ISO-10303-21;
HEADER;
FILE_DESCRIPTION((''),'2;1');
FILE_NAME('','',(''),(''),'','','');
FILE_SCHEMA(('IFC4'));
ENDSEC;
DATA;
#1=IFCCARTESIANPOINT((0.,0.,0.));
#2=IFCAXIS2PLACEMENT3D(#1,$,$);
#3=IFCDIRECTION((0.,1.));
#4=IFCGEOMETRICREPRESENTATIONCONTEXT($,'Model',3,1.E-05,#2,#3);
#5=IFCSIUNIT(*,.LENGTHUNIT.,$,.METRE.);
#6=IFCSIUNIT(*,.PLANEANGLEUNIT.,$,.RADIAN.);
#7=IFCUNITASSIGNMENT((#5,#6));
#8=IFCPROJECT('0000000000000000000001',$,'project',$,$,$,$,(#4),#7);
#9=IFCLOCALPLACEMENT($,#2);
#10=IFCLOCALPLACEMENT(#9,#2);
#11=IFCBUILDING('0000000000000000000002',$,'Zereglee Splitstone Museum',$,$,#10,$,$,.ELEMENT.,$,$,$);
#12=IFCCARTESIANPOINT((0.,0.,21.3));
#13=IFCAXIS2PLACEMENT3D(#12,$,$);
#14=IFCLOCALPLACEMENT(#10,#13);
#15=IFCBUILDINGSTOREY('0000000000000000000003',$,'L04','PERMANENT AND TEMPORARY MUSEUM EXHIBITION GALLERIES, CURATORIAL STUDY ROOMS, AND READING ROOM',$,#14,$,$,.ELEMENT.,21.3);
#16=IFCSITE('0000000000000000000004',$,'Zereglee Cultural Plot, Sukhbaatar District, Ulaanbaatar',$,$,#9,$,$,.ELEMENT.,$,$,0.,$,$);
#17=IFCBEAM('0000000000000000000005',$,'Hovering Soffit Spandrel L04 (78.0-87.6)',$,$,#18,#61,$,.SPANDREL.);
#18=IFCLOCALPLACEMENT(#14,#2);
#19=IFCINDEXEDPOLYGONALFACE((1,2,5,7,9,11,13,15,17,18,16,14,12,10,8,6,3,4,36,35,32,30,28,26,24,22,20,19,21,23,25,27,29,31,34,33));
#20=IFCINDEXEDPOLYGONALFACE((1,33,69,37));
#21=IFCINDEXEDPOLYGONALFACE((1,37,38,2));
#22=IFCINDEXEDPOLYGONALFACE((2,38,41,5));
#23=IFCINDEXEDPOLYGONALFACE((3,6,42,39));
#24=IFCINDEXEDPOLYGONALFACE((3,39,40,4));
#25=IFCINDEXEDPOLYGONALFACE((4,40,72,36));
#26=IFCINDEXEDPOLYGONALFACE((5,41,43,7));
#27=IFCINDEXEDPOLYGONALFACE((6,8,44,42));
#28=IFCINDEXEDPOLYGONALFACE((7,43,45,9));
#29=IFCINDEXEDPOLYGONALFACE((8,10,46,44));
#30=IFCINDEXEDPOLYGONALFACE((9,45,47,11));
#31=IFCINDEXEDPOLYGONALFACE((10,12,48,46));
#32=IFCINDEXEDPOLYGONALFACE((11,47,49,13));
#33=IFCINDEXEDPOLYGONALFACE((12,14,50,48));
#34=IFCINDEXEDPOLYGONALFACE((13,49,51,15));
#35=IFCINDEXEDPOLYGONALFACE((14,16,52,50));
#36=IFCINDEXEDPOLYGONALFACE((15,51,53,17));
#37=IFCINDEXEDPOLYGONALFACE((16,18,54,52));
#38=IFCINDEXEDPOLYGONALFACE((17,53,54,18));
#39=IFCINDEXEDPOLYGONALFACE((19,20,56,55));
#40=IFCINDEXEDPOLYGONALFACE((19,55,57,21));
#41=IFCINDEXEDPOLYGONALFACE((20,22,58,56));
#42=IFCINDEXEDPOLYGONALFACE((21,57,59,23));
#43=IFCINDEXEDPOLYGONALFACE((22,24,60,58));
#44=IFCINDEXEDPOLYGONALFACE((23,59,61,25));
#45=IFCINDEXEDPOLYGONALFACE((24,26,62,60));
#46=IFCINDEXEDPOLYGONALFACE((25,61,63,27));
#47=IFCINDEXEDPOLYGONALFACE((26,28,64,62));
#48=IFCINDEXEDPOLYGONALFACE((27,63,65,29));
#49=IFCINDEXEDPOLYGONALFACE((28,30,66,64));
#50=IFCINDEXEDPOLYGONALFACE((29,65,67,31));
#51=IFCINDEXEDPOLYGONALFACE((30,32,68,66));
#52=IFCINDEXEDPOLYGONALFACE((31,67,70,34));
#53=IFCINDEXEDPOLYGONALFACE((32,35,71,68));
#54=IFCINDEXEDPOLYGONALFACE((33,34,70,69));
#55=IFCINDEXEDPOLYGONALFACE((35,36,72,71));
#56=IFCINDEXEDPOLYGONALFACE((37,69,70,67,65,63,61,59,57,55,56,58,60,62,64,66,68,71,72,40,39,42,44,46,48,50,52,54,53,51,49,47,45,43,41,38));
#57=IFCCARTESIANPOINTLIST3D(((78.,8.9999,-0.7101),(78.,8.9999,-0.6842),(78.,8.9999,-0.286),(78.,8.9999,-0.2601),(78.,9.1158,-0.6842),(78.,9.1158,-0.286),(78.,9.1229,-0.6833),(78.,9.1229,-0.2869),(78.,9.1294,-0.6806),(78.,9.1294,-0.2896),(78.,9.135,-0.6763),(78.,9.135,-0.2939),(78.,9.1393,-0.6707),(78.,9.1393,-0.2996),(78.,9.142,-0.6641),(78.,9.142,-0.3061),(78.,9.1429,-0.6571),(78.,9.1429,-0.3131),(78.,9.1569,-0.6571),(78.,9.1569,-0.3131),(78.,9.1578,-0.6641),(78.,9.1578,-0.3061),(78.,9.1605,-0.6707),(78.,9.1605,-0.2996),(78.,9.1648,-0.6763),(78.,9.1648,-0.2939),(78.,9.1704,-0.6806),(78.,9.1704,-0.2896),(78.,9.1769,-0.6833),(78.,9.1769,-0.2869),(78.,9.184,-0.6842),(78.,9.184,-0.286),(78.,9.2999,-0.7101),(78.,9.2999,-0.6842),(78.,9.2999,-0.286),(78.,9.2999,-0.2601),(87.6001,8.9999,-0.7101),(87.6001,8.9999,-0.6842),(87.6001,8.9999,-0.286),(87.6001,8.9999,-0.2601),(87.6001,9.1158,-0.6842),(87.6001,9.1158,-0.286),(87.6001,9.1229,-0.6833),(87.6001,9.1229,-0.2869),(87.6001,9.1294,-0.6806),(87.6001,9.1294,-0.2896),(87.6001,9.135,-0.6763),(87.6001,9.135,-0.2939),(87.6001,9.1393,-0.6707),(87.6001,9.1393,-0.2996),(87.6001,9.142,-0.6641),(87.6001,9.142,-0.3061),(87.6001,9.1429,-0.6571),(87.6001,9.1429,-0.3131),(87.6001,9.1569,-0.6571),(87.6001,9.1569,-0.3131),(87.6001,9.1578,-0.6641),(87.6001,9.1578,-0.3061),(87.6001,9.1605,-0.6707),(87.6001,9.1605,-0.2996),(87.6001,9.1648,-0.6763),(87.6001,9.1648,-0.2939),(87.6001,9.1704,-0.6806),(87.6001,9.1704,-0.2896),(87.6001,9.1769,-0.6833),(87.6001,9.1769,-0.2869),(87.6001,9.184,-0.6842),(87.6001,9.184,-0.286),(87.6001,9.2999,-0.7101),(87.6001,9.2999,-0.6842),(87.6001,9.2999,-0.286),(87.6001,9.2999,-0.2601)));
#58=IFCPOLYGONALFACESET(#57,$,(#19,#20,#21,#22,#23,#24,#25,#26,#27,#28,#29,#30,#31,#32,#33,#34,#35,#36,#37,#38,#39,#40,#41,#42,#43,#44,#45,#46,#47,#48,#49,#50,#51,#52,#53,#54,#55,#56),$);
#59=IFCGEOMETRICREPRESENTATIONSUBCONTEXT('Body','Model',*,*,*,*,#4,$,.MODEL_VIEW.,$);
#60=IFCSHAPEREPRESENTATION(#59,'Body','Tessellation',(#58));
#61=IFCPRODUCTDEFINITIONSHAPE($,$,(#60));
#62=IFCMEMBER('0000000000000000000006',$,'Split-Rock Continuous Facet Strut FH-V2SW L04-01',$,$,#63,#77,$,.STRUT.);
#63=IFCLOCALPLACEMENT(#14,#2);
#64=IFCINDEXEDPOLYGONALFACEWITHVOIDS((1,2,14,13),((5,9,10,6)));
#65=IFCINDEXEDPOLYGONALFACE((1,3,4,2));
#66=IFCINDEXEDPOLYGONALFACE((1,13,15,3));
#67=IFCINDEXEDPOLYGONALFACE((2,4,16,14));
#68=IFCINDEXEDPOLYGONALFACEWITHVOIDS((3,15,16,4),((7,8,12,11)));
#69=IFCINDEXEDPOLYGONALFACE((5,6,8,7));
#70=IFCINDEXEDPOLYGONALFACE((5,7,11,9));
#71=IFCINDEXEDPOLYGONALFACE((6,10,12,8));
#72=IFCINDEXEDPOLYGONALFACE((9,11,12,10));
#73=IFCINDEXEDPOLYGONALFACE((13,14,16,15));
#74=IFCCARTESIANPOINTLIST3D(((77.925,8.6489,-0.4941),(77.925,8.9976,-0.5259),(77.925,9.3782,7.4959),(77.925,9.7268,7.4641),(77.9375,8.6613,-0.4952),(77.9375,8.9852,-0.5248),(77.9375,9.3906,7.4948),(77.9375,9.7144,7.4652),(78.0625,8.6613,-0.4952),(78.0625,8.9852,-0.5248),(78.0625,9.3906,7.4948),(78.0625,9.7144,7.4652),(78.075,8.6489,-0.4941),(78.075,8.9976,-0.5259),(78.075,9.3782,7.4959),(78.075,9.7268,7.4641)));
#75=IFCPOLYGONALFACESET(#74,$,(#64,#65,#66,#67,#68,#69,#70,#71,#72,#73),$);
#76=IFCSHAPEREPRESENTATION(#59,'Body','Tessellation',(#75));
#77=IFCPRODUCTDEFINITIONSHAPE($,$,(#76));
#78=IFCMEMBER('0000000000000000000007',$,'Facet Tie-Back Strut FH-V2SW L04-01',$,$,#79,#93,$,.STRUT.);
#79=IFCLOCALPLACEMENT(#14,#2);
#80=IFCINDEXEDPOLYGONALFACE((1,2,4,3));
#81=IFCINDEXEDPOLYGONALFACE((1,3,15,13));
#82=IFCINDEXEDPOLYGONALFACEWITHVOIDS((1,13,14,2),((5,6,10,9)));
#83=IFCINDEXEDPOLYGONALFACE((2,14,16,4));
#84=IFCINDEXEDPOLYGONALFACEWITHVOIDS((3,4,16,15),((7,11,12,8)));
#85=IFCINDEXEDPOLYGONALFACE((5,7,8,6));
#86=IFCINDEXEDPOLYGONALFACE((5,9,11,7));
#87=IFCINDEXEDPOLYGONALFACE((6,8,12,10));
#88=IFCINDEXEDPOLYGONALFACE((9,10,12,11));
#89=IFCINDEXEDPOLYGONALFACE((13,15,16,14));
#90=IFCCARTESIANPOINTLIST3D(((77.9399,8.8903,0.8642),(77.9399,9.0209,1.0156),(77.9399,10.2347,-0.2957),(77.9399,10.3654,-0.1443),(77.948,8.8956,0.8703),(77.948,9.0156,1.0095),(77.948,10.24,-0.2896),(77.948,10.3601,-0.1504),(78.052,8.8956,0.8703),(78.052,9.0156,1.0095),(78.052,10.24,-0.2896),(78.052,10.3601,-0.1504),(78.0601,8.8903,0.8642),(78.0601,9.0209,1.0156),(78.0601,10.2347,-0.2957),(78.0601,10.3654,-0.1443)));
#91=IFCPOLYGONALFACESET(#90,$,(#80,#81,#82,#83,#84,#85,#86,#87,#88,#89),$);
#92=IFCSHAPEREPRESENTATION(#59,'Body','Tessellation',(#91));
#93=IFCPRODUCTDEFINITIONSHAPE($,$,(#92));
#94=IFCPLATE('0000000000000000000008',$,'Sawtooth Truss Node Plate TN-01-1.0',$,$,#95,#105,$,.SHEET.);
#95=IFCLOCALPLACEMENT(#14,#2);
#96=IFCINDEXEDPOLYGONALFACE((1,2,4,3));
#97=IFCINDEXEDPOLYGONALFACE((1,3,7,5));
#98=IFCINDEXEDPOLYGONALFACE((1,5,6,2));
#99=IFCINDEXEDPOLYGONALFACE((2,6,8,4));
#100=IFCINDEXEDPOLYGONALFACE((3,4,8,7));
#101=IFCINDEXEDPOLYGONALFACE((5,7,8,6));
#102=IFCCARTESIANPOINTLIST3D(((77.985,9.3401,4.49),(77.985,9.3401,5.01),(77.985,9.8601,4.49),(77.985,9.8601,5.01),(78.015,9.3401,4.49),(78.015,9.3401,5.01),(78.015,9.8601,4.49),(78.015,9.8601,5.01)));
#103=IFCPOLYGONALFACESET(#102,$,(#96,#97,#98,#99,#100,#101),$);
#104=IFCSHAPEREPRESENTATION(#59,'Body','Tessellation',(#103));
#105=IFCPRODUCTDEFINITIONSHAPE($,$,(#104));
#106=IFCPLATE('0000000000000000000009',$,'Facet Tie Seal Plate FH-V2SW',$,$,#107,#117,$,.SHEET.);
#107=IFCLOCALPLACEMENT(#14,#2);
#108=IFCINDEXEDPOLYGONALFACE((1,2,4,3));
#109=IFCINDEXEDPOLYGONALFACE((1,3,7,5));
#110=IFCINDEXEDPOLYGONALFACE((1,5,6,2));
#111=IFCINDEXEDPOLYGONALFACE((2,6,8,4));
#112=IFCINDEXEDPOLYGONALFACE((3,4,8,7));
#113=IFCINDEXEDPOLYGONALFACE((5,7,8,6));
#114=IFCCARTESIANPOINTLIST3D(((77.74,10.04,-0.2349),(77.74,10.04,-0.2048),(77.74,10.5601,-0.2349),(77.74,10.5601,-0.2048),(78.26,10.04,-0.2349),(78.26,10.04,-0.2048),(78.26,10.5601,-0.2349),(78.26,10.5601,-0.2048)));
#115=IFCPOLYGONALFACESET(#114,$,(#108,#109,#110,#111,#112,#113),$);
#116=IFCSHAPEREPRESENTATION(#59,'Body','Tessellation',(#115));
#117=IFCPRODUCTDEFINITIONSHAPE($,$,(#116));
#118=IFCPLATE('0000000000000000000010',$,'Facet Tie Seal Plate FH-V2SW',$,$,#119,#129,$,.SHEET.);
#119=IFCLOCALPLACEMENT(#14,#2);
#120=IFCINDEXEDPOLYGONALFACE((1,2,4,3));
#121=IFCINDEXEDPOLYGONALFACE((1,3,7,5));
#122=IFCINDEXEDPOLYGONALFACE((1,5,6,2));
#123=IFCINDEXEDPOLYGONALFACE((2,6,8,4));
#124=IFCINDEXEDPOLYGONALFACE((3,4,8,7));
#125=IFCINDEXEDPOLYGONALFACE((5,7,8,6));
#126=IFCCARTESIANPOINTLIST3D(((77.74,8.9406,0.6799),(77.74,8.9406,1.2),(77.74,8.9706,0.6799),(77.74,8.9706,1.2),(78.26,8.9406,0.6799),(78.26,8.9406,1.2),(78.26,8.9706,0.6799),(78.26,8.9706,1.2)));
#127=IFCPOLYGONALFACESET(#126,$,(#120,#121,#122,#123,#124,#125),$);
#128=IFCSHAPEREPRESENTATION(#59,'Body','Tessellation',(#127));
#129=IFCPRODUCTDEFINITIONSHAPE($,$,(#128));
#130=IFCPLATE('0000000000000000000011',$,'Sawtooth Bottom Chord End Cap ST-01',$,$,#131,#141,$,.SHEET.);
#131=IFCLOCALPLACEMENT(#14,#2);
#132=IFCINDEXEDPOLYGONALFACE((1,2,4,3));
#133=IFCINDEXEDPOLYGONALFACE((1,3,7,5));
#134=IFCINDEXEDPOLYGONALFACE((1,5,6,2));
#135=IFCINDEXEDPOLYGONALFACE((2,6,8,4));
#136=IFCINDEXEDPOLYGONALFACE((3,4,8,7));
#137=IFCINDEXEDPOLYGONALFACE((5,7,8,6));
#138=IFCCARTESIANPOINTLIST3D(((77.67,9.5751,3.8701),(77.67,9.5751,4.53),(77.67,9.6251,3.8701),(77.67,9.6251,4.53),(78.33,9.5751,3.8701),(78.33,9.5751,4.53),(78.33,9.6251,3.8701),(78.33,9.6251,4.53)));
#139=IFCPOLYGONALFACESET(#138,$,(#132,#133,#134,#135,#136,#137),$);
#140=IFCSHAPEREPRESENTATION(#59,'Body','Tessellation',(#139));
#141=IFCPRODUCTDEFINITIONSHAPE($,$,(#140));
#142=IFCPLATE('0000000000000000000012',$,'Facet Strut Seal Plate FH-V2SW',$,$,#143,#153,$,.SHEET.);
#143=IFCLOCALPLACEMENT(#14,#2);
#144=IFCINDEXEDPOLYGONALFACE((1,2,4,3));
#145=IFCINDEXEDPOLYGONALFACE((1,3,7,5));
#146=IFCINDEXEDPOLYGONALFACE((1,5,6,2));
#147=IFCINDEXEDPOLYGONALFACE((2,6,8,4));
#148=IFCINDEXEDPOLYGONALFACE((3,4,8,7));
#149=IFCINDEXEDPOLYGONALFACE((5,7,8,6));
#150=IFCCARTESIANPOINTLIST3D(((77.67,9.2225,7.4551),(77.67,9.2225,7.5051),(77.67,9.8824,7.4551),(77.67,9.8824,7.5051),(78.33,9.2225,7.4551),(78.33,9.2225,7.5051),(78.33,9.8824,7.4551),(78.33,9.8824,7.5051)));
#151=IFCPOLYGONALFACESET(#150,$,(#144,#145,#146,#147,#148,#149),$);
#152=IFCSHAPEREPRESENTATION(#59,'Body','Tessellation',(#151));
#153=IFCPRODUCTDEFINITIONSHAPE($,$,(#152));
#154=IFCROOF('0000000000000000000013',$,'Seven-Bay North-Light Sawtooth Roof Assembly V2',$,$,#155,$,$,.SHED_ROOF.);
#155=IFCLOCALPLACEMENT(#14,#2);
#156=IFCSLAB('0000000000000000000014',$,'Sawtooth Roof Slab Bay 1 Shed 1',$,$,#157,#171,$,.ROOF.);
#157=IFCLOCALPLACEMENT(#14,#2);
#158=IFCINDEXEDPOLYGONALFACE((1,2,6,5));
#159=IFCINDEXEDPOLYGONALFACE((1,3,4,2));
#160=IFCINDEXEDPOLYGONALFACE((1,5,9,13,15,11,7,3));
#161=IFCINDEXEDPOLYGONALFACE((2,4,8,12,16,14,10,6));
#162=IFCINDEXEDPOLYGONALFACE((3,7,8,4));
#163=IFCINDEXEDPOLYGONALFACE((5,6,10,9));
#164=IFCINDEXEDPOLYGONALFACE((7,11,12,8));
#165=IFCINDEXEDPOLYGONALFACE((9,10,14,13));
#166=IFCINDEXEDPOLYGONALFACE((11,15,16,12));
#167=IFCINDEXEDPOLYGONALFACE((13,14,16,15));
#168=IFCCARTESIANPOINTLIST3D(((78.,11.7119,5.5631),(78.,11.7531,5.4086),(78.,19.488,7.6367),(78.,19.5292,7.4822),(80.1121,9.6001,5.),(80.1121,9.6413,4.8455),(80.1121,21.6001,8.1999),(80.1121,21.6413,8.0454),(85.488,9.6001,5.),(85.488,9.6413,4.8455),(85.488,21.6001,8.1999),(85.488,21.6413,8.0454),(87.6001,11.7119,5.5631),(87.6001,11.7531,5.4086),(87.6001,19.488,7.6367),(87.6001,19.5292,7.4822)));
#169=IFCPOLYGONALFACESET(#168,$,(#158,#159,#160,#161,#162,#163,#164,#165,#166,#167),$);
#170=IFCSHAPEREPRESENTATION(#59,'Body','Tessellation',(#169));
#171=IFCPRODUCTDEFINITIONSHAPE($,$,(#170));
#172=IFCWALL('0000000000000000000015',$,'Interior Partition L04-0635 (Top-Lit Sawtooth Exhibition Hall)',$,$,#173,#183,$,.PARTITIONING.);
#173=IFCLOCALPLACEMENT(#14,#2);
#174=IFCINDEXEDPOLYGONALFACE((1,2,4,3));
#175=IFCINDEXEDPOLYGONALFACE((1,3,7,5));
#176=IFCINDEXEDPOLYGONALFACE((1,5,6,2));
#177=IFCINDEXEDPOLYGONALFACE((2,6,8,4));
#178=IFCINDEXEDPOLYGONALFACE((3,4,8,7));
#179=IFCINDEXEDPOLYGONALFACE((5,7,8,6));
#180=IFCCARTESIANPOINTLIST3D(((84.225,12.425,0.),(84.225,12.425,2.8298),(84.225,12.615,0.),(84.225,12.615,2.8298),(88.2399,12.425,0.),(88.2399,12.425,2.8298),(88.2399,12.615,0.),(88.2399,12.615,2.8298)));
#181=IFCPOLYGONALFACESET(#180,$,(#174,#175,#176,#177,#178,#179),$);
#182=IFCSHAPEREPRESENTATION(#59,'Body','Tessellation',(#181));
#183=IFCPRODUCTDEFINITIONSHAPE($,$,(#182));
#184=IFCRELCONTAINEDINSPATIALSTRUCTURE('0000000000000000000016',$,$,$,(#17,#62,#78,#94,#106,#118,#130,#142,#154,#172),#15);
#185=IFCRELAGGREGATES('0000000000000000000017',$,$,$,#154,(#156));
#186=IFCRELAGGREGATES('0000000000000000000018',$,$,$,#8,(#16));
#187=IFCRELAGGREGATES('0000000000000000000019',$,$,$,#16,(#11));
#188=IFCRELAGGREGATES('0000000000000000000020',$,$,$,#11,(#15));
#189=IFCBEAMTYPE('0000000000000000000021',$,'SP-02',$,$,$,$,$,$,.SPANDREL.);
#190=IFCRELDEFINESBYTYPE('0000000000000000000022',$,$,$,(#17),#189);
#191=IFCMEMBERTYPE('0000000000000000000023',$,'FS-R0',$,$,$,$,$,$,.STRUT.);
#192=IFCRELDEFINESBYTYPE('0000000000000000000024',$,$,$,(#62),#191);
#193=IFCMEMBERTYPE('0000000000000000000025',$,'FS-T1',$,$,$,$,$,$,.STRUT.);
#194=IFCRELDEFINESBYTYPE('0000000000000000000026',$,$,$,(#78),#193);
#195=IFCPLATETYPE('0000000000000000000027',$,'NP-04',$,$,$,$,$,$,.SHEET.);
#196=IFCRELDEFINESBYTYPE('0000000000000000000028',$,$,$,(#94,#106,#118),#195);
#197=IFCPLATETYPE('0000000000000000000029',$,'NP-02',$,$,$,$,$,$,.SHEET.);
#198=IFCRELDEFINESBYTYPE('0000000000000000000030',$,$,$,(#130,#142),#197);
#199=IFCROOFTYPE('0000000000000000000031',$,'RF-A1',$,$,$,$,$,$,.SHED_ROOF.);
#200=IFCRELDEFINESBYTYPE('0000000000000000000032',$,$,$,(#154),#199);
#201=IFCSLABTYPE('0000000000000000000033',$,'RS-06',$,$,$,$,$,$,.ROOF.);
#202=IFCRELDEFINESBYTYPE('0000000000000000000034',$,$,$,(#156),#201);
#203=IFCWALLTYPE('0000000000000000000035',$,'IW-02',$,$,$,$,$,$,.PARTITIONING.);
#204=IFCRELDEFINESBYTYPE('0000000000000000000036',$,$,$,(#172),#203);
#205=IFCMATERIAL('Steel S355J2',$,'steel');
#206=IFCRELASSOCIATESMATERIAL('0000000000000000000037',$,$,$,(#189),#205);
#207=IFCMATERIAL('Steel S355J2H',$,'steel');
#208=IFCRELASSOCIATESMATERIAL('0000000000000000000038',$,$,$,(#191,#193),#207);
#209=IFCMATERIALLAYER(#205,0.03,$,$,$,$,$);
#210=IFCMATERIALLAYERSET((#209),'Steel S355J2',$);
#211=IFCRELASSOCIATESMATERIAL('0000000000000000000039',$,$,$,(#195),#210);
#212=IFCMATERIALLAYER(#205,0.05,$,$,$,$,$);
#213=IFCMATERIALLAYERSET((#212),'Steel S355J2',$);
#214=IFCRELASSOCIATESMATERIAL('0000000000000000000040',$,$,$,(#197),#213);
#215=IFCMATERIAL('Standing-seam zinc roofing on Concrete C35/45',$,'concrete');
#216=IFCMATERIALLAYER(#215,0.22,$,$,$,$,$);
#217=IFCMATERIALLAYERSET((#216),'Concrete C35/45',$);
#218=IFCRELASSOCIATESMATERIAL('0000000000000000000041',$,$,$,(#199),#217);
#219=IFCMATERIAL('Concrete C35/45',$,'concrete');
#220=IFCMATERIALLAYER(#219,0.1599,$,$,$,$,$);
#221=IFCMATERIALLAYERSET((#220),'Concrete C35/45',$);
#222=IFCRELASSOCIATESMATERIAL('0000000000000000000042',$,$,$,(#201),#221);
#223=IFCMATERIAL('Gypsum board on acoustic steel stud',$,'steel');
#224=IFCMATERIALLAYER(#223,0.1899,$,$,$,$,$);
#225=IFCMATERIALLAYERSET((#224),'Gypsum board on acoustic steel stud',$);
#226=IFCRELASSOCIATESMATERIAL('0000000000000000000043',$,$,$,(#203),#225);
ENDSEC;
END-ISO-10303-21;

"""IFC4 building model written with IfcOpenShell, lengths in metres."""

from ifc_helpers import new_model, si_unit, direction, frame, frame_2d, origin, origin_2d, place, context, subcontext, project, spatial, polyline, rectangle, hollow_rectangle, i_section, outline, extrude, material, layer, layer_set, material_profile, profile_set, type_object, element, aggregate, save


model = new_model("IFC4")

# Units and contexts
model_context = context("Model", 3, precision=1e-05, world=origin(), true_north=direction((0.0, 1.0)))
body_context = subcontext(model_context, "Body", "Model", "MODEL_VIEW")
ifc_project = project(units=[si_unit("LENGTHUNIT", "METRE"), si_unit("PLANEANGLEUNIT", "RADIAN")], contexts=[model_context])

# Site, building, storey
site_placement = place(None, origin())
site = spatial("IfcSite", under=ifc_project, at=site_placement, Name="Zereglee Cultural Plot, Sukhbaatar District, Ulaanbaatar", CompositionType="ELEMENT", RefElevation=0.0)
building_placement = place(site_placement, origin())
building = spatial("IfcBuilding", under=site, at=building_placement, Name="Zereglee Splitstone Museum", CompositionType="ELEMENT")
storey_placement = place(building_placement, frame((0.0, 0.0, 21.3)))
storey = spatial("IfcBuildingStorey", under=building, at=storey_placement, Name="L04", Description="PERMANENT AND TEMPORARY MUSEUM EXHIBITION GALLERIES, CURATORIAL STUDY ROOMS, AND READING ROOM", CompositionType="ELEMENT", Elevation=21.3)

# Shared definitions
ifc_material_1 = material(Name="Steel S355J2H", Category="steel")

# Shared definitions
ifc_material_2 = material(Name="Steel S355J2", Category="steel")

# Beam
ifc_material_profile_1 = material_profile(ifc_material_2, i_section(OverallWidth=0.3, OverallDepth=0.45, WebThickness=0.0139, FlangeThickness=0.0259, FilletRadius=0.0271, at=origin_2d()), Name="HE 450 B")
ifc_profile_set_1 = profile_set([ifc_material_profile_1], Name="Steel S355J2")
beam_type_1 = type_object("IfcBeamType", Name="SP-02", PredefinedType="SPANDREL", material=ifc_profile_set_1)
beam_1_placement = place(storey_placement, frame((78.0, 9.1499, -0.4851), z_axis=(1.0, 0.0, 0.0), x_axis=(0.0, 1.0, 0.0)))
element("IfcBeam", 1, at=beam_1_placement, inside=storey, type_object=beam_type_1, Name="Hovering Soffit Spandrel L04 (78.0-87.6)", PredefinedType="SPANDREL", context=body_context, shape_type="SweptSolid", body=[
    extrude(i_section(OverallWidth=0.3, OverallDepth=0.45, WebThickness=0.0139, FlangeThickness=0.0259, FilletRadius=0.0271, at=origin_2d()), origin(), (0.0, 0.0, 1.0), 9.6001),
])

# Members
ifc_material_profile_2 = material_profile(ifc_material_1, hollow_rectangle(XDim=0.1499, YDim=0.3501, WallThickness=0.0125, at=origin_2d()), Name="RHS 350x150x12.5")
ifc_profile_set_2 = profile_set([ifc_material_profile_2], Name="Steel S355J2H")
member_type_1 = type_object("IfcMemberType", Name="FS-R0", PredefinedType="STRUT", material=ifc_profile_set_2)
member_1_placement = place(storey_placement, frame((78.0, 8.8232, -0.51), z_axis=(0.0, 0.090892, 0.995861), x_axis=(-1.0, 0.0, 0.0)))
element("IfcMember", 2, at=member_1_placement, inside=storey, type_object=member_type_1, Name="Split-Rock Continuous Facet Strut FH-V2SW L04-01", PredefinedType="STRUT", context=body_context, shape_type="SweptSolid", body=[
    extrude(hollow_rectangle(XDim=0.1499, YDim=0.3501, WallThickness=0.0125, at=origin_2d()), origin(), (0.0, 0.0, 1.0), 8.0232),
])
ifc_material_profile_3 = material_profile(ifc_material_1, hollow_rectangle(XDim=0.1201, YDim=0.2, WallThickness=0.0081, at=origin_2d()), Name="RHS 200x120x8")
ifc_profile_set_3 = profile_set([ifc_material_profile_3], Name="Steel S355J2H")
member_type_2 = type_object("IfcMemberType", Name="FS-T1", PredefinedType="STRUT", material=ifc_profile_set_3)
member_2_placement = place(storey_placement, frame((78.0, 10.3, -0.22), z_axis=(0.0, -0.757166, 0.653222), x_axis=(1.0, 0.0, 0.0)))
element("IfcMember", 3, at=member_2_placement, inside=storey, type_object=member_type_2, Name="Facet Tie-Back Strut FH-V2SW L04-01", PredefinedType="STRUT", context=body_context, shape_type="SweptSolid", body=[
    extrude(hollow_rectangle(XDim=0.1201, YDim=0.2, WallThickness=0.0081, at=origin_2d()), origin(), (0.0, 0.0, 1.0), 1.7756),
])

# Plates
ifc_layer_1 = layer(ifc_material_2, 0.03)
ifc_layer_set_1 = layer_set([ifc_layer_1], Name="Steel S355J2")
plate_type_1 = type_object("IfcPlateType", Name="NP-04", PredefinedType="SHEET", material=ifc_layer_set_1)
plate_1_placement = place(storey_placement, frame((78.0, 9.6001, 4.49), z_axis=(0.0, 0.0, 1.0), x_axis=(1.0, 0.0, 0.0)))
element("IfcPlate", 4, at=plate_1_placement, inside=storey, type_object=plate_type_1, Name="Sawtooth Truss Node Plate TN-01-1.0", PredefinedType="SHEET", context=body_context, shape_type="SweptSolid", body=[
    extrude(rectangle(XDim=0.03, YDim=0.52, at=origin_2d()), origin(), (0.0, 0.0, 1.0), 0.52),
])
plate_2_placement = place(storey_placement, frame((78.0, 10.3, -0.2349), z_axis=(0.0, 0.0, 1.0), x_axis=(1.0, 0.0, 0.0)))
element("IfcPlate", 5, at=plate_2_placement, inside=storey, type_object=plate_type_1, Name="Facet Tie Seal Plate FH-V2SW", PredefinedType="SHEET", context=body_context, shape_type="SweptSolid", body=[
    extrude(rectangle(XDim=0.52, YDim=0.52, at=origin_2d()), origin(), (0.0, 0.0, 1.0), 0.03),
])
plate_3_placement = place(storey_placement, frame((78.0, 8.9556, 0.6799), z_axis=(0.0, 0.0, 1.0), x_axis=(1.0, 0.0, 0.0)))
element("IfcPlate", 6, at=plate_3_placement, inside=storey, type_object=plate_type_1, Name="Facet Tie Seal Plate FH-V2SW", PredefinedType="SHEET", context=body_context, shape_type="SweptSolid", body=[
    extrude(rectangle(XDim=0.52, YDim=0.03, at=origin_2d()), origin(), (0.0, 0.0, 1.0), 0.52),
])
ifc_layer_2 = layer(ifc_material_2, 0.05)
ifc_layer_set_2 = layer_set([ifc_layer_2], Name="Steel S355J2")
plate_type_2 = type_object("IfcPlateType", Name="NP-02", PredefinedType="SHEET", material=ifc_layer_set_2)
plate_4_placement = place(storey_placement, frame((78.0, 9.6001, 3.8701), z_axis=(0.0, 0.0, 1.0), x_axis=(1.0, 0.0, 0.0)))
element("IfcPlate", 7, at=plate_4_placement, inside=storey, type_object=plate_type_2, Name="Sawtooth Bottom Chord End Cap ST-01", PredefinedType="SHEET", context=body_context, shape_type="SweptSolid", body=[
    extrude(rectangle(XDim=0.6599, YDim=0.05, at=origin_2d()), origin(), (0.0, 0.0, 1.0), 0.6599),
])
plate_5_placement = place(storey_placement, frame((78.0, 9.5525, 7.4551), z_axis=(0.0, 0.0, 1.0), x_axis=(1.0, 0.0, 0.0)))
element("IfcPlate", 8, at=plate_5_placement, inside=storey, type_object=plate_type_2, Name="Facet Strut Seal Plate FH-V2SW", PredefinedType="SHEET", context=body_context, shape_type="SweptSolid", body=[
    extrude(rectangle(XDim=0.6599, YDim=0.6599, at=origin_2d()), origin(), (0.0, 0.0, 1.0), 0.05),
])

# Roof, slab
ifc_material_3 = material(Name="Standing-seam zinc roofing on Concrete C35/45", Category="concrete")
ifc_layer_3 = layer(ifc_material_3, 0.22)
ifc_layer_set_3 = layer_set([ifc_layer_3], Name="Concrete C35/45")
roof_type = type_object("IfcRoofType", Name="RF-A1", PredefinedType="SHED_ROOF", material=ifc_layer_set_3)
roof_placement = place(storey_placement, origin())
roof = element("IfcRoof", 9, at=roof_placement, inside=storey, type_object=roof_type, Name="Seven-Bay North-Light Sawtooth Roof Assembly V2", PredefinedType="SHED_ROOF")
ifc_material_4 = material(Name="Concrete C35/45", Category="concrete")
ifc_layer_4 = layer(ifc_material_4, 0.1599)
ifc_layer_set_4 = layer_set([ifc_layer_4], Name="Concrete C35/45")
slab_type = type_object("IfcSlabType", Name="RS-06", PredefinedType="ROOF", material=ifc_layer_set_4)
slab_placement = place(storey_placement, frame((80.1121, 9.6001, 5.0), z_axis=(0.0, -0.257657, 0.966236), x_axis=(1.0, 0.0, 0.0)))
slab = element("IfcSlab", 10, at=slab_placement, type_object=slab_type, Name="Sawtooth Roof Slab Bay 1 Shed 1", PredefinedType="ROOF", context=body_context, shape_type="SweptSolid", body=[
    extrude(outline(polyline([(0.0, 0.0), (5.376, 0.0), (7.488, 2.1856), (7.488, 10.2335), (5.376, 12.4193), (0.0, 12.4193), (-2.1121, 10.2335), (-2.1121, 2.1856), (0.0, 0.0)])), origin(), (0.0, 0.0, -1.0), 0.1599),
])
aggregate(roof, [slab])

# Wall
ifc_material_5 = material(Name="Gypsum board on acoustic steel stud", Category="steel")
ifc_layer_5 = layer(ifc_material_5, 0.1899)
ifc_layer_set_5 = layer_set([ifc_layer_5], Name="Gypsum board on acoustic steel stud")
wall_type = type_object("IfcWallType", Name="IW-02", PredefinedType="PARTITIONING", material=ifc_layer_set_5)
wall_1_placement = place(storey_placement, frame((84.2251, 12.52, 0.0), z_axis=(0.0, 0.0, 1.0), x_axis=(1.0, 0.0, 0.0)))
element("IfcWall", 11, at=wall_1_placement, inside=storey, type_object=wall_type, Name="Interior Partition L04-0635 (Top-Lit Sawtooth Exhibition Hall)", PredefinedType="PARTITIONING", context=body_context, shape_type="SweptSolid", body=[
    extrude(rectangle(XDim=4.0149, YDim=0.1899, at=frame_2d((2.0073, 0.0))), origin(), (0.0, 0.0, 1.0), 2.8298),
])

save(model, "model.ifc")
